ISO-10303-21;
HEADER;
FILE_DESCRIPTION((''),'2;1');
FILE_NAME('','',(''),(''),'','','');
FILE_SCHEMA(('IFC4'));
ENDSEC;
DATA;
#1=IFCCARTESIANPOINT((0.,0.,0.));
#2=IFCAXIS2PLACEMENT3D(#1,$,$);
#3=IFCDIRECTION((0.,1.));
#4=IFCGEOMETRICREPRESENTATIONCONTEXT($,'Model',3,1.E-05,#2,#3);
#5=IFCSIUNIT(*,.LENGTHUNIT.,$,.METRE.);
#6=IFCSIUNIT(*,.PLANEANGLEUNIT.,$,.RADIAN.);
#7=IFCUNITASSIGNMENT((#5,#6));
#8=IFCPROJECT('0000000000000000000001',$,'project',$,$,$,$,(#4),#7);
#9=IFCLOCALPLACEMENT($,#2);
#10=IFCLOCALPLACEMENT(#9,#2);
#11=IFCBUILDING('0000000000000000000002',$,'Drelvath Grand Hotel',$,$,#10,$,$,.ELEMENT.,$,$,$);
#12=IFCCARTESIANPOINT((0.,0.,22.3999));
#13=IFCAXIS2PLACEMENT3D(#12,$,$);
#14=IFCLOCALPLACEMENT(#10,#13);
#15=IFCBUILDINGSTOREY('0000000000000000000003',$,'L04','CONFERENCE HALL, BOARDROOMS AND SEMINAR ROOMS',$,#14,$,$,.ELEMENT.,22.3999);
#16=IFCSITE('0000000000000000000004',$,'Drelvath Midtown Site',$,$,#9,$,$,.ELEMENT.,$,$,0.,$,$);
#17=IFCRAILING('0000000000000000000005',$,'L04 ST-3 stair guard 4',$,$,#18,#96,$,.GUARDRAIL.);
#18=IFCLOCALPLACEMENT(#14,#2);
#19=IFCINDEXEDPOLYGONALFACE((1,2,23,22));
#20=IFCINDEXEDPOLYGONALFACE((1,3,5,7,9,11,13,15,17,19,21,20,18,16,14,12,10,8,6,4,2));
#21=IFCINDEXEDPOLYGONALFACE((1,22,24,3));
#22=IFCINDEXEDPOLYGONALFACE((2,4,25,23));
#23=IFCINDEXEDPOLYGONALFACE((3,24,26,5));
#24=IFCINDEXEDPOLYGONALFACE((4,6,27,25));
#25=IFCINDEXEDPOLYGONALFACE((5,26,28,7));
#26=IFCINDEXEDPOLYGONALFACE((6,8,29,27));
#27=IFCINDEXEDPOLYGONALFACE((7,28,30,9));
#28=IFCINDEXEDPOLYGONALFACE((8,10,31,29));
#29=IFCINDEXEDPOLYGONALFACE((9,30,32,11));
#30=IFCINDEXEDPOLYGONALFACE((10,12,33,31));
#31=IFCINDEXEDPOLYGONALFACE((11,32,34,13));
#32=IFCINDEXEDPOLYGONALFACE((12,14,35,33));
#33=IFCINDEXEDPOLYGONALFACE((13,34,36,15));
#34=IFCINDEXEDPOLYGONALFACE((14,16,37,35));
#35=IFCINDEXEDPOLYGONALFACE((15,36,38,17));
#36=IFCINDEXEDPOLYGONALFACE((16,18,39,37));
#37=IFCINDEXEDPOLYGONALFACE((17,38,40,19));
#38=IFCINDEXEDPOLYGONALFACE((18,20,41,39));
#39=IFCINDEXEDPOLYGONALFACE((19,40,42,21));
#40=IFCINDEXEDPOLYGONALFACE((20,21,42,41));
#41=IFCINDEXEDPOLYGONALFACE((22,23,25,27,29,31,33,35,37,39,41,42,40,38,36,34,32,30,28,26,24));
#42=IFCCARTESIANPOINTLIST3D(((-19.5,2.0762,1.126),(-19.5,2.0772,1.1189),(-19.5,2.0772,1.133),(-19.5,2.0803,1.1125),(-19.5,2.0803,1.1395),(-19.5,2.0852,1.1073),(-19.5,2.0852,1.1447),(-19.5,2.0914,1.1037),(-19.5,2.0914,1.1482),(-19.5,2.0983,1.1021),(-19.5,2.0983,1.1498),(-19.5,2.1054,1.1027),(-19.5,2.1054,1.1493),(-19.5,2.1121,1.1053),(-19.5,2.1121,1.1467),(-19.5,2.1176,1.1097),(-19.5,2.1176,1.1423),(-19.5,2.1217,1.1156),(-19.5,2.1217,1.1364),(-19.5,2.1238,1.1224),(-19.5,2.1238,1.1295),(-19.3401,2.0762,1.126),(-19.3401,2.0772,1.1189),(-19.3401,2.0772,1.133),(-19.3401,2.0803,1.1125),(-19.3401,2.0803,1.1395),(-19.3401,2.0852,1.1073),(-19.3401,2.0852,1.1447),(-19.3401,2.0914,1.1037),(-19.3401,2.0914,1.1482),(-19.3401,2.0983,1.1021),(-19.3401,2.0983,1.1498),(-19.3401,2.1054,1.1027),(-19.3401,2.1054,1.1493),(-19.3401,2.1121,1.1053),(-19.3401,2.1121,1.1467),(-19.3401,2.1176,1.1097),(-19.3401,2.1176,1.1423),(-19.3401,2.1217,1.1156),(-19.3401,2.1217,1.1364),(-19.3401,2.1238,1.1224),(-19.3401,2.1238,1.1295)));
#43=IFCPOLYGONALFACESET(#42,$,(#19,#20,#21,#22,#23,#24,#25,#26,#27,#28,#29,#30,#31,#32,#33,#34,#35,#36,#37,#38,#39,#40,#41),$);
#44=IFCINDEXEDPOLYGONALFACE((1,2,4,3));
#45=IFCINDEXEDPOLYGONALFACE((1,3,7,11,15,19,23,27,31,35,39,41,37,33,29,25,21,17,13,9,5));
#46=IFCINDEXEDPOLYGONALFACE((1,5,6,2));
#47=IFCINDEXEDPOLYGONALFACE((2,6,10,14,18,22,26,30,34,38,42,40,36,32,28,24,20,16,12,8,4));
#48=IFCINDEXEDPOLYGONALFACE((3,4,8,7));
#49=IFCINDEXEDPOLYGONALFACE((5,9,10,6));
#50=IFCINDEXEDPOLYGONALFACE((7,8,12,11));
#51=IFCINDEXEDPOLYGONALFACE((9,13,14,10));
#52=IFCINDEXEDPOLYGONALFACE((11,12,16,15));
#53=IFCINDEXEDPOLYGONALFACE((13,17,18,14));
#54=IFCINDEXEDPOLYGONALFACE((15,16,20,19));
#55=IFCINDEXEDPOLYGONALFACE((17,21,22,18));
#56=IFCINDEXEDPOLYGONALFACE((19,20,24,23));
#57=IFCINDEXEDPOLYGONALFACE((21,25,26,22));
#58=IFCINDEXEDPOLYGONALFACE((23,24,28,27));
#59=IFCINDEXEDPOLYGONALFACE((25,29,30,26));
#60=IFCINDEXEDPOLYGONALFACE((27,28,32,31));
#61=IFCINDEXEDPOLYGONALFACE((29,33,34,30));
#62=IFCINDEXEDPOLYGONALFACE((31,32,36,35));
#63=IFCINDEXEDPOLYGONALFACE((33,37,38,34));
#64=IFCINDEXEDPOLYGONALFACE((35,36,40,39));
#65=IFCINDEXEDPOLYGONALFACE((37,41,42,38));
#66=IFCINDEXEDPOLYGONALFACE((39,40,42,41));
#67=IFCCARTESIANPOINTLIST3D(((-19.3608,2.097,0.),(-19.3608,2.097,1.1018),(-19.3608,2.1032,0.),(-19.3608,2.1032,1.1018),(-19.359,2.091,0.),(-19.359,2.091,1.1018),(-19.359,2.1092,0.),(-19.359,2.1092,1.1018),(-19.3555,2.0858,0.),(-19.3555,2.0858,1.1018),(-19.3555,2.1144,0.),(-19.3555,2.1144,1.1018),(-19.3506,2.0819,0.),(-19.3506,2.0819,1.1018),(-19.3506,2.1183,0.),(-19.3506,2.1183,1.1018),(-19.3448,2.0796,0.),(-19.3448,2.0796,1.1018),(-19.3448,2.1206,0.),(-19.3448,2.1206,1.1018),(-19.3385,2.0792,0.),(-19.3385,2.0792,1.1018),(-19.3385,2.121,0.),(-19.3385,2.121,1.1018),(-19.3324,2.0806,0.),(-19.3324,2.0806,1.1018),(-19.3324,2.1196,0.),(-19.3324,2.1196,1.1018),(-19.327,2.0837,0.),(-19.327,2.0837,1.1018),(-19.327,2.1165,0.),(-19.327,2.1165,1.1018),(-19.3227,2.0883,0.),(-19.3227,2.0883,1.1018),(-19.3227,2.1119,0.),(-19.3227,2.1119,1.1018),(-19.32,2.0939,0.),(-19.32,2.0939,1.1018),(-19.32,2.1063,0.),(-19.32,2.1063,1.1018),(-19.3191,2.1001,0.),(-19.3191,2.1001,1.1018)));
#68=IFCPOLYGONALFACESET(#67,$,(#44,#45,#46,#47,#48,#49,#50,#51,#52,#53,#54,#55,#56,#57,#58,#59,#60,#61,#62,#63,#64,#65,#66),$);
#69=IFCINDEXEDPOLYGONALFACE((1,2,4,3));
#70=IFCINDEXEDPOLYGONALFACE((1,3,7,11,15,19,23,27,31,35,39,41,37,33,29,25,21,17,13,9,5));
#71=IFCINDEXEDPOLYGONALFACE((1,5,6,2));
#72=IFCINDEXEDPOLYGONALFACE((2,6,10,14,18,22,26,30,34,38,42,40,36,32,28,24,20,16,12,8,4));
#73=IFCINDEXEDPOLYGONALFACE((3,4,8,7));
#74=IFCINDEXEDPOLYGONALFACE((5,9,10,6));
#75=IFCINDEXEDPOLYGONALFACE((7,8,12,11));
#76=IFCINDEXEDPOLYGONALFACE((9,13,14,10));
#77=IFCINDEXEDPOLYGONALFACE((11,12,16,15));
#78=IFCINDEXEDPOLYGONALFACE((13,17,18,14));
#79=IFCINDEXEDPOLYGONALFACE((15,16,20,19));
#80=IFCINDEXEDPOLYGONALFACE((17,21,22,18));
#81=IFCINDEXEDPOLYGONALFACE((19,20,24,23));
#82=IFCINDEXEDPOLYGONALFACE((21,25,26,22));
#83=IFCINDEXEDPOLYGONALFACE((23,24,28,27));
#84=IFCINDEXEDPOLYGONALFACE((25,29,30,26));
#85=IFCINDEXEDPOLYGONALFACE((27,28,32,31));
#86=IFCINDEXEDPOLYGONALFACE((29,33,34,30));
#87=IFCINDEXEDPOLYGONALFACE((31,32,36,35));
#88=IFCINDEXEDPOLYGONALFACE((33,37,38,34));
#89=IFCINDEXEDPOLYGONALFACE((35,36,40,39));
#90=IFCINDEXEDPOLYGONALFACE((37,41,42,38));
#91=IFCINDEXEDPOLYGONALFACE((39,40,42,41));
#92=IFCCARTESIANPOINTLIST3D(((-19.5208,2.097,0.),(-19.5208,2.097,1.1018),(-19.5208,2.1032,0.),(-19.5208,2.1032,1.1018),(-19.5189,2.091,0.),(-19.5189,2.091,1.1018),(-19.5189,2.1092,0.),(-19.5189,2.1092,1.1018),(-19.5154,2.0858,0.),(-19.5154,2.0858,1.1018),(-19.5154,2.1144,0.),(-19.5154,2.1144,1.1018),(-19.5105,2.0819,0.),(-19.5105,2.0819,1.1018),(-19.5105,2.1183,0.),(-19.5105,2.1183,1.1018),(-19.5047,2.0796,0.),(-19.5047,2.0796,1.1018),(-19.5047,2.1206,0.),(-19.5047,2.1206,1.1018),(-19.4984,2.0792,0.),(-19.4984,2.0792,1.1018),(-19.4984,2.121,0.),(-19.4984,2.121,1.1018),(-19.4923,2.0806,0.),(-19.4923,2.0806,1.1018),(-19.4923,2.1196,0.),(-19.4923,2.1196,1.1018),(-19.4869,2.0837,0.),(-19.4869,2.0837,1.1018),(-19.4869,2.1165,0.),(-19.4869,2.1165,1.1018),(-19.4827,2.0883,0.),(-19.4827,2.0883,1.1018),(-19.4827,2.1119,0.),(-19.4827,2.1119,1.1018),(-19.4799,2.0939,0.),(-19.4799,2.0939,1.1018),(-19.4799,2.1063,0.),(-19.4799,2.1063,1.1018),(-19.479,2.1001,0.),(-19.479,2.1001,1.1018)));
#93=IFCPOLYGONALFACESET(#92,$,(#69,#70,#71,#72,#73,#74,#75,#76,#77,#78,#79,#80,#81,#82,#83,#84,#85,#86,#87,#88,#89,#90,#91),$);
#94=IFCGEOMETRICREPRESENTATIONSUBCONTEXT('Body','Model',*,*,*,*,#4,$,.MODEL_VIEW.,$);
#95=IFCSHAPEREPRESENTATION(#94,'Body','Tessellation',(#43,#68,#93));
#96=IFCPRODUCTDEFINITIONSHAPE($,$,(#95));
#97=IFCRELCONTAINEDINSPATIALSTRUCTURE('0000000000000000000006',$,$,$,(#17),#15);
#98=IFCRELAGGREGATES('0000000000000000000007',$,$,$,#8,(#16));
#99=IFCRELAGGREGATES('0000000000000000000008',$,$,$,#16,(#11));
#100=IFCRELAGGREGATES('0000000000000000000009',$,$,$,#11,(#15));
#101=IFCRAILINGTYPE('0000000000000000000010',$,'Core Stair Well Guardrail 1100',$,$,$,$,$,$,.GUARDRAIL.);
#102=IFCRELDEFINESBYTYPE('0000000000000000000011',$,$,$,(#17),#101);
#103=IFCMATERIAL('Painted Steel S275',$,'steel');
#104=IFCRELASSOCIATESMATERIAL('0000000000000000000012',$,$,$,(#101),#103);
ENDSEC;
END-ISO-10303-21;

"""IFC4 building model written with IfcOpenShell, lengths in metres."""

from ifc_helpers import new_model, si_unit, direction, frame, origin, origin_2d, place, context, subcontext, project, spatial, circle, extrude, material, type_object, element, save


model = new_model("IFC4")

# Units and contexts
model_context = context("Model", 3, precision=1e-05, world=origin(), true_north=direction((0.0, 1.0)))
body_context = subcontext(model_context, "Body", "Model", "MODEL_VIEW")
ifc_project = project(units=[si_unit("LENGTHUNIT", "METRE"), si_unit("PLANEANGLEUNIT", "RADIAN")], contexts=[model_context])

# Site, building, storey
site_placement = place(None, origin())
site = spatial("IfcSite", under=ifc_project, at=site_placement, Name="Drelvath Midtown Site", CompositionType="ELEMENT", RefElevation=0.0)
building_placement = place(site_placement, origin())
building = spatial("IfcBuilding", under=site, at=building_placement, Name="Drelvath Grand Hotel", CompositionType="ELEMENT")
storey_placement = place(building_placement, frame((0.0, 0.0, 22.3999)))
storey = spatial("IfcBuildingStorey", under=building, at=storey_placement, Name="L04", Description="CONFERENCE HALL, BOARDROOMS AND SEMINAR ROOMS", CompositionType="ELEMENT", Elevation=22.3999)

# Shared definitions
ifc_material_1 = material(Name="Painted Steel S275", Category="steel")

# Railing
railing_type_1 = type_object("IfcRailingType", Name="Core Stair Well Guardrail 1100", PredefinedType="GUARDRAIL", material=ifc_material_1)
railing_1_placement = place(storey_placement, frame((-19.3401, 2.1001, 0.0)))
element("IfcRailing", 1, at=railing_1_placement, inside=storey, type_object=railing_type_1, Name="L04 ST-3 stair guard 4", PredefinedType="GUARDRAIL", context=body_context, shape_type="SweptSolid", body=[
    extrude(circle(Radius=0.0239, at=origin_2d()), frame((0.0, 0.0, 1.126), z_axis=(-1.0, 0.0, 0.0), x_axis=(0.0, -1.0, 0.0)), (0.0, 0.0, 1.0), 0.1599),
    extrude(circle(Radius=0.021, at=origin_2d()), origin(), (0.0, 0.0, 1.0), 1.1018),
    extrude(circle(Radius=0.021, at=origin_2d()), frame((-0.1599, 0.0, 0.0)), (0.0, 0.0, 1.0), 1.1018),
])

save(model, "model.ifc")
